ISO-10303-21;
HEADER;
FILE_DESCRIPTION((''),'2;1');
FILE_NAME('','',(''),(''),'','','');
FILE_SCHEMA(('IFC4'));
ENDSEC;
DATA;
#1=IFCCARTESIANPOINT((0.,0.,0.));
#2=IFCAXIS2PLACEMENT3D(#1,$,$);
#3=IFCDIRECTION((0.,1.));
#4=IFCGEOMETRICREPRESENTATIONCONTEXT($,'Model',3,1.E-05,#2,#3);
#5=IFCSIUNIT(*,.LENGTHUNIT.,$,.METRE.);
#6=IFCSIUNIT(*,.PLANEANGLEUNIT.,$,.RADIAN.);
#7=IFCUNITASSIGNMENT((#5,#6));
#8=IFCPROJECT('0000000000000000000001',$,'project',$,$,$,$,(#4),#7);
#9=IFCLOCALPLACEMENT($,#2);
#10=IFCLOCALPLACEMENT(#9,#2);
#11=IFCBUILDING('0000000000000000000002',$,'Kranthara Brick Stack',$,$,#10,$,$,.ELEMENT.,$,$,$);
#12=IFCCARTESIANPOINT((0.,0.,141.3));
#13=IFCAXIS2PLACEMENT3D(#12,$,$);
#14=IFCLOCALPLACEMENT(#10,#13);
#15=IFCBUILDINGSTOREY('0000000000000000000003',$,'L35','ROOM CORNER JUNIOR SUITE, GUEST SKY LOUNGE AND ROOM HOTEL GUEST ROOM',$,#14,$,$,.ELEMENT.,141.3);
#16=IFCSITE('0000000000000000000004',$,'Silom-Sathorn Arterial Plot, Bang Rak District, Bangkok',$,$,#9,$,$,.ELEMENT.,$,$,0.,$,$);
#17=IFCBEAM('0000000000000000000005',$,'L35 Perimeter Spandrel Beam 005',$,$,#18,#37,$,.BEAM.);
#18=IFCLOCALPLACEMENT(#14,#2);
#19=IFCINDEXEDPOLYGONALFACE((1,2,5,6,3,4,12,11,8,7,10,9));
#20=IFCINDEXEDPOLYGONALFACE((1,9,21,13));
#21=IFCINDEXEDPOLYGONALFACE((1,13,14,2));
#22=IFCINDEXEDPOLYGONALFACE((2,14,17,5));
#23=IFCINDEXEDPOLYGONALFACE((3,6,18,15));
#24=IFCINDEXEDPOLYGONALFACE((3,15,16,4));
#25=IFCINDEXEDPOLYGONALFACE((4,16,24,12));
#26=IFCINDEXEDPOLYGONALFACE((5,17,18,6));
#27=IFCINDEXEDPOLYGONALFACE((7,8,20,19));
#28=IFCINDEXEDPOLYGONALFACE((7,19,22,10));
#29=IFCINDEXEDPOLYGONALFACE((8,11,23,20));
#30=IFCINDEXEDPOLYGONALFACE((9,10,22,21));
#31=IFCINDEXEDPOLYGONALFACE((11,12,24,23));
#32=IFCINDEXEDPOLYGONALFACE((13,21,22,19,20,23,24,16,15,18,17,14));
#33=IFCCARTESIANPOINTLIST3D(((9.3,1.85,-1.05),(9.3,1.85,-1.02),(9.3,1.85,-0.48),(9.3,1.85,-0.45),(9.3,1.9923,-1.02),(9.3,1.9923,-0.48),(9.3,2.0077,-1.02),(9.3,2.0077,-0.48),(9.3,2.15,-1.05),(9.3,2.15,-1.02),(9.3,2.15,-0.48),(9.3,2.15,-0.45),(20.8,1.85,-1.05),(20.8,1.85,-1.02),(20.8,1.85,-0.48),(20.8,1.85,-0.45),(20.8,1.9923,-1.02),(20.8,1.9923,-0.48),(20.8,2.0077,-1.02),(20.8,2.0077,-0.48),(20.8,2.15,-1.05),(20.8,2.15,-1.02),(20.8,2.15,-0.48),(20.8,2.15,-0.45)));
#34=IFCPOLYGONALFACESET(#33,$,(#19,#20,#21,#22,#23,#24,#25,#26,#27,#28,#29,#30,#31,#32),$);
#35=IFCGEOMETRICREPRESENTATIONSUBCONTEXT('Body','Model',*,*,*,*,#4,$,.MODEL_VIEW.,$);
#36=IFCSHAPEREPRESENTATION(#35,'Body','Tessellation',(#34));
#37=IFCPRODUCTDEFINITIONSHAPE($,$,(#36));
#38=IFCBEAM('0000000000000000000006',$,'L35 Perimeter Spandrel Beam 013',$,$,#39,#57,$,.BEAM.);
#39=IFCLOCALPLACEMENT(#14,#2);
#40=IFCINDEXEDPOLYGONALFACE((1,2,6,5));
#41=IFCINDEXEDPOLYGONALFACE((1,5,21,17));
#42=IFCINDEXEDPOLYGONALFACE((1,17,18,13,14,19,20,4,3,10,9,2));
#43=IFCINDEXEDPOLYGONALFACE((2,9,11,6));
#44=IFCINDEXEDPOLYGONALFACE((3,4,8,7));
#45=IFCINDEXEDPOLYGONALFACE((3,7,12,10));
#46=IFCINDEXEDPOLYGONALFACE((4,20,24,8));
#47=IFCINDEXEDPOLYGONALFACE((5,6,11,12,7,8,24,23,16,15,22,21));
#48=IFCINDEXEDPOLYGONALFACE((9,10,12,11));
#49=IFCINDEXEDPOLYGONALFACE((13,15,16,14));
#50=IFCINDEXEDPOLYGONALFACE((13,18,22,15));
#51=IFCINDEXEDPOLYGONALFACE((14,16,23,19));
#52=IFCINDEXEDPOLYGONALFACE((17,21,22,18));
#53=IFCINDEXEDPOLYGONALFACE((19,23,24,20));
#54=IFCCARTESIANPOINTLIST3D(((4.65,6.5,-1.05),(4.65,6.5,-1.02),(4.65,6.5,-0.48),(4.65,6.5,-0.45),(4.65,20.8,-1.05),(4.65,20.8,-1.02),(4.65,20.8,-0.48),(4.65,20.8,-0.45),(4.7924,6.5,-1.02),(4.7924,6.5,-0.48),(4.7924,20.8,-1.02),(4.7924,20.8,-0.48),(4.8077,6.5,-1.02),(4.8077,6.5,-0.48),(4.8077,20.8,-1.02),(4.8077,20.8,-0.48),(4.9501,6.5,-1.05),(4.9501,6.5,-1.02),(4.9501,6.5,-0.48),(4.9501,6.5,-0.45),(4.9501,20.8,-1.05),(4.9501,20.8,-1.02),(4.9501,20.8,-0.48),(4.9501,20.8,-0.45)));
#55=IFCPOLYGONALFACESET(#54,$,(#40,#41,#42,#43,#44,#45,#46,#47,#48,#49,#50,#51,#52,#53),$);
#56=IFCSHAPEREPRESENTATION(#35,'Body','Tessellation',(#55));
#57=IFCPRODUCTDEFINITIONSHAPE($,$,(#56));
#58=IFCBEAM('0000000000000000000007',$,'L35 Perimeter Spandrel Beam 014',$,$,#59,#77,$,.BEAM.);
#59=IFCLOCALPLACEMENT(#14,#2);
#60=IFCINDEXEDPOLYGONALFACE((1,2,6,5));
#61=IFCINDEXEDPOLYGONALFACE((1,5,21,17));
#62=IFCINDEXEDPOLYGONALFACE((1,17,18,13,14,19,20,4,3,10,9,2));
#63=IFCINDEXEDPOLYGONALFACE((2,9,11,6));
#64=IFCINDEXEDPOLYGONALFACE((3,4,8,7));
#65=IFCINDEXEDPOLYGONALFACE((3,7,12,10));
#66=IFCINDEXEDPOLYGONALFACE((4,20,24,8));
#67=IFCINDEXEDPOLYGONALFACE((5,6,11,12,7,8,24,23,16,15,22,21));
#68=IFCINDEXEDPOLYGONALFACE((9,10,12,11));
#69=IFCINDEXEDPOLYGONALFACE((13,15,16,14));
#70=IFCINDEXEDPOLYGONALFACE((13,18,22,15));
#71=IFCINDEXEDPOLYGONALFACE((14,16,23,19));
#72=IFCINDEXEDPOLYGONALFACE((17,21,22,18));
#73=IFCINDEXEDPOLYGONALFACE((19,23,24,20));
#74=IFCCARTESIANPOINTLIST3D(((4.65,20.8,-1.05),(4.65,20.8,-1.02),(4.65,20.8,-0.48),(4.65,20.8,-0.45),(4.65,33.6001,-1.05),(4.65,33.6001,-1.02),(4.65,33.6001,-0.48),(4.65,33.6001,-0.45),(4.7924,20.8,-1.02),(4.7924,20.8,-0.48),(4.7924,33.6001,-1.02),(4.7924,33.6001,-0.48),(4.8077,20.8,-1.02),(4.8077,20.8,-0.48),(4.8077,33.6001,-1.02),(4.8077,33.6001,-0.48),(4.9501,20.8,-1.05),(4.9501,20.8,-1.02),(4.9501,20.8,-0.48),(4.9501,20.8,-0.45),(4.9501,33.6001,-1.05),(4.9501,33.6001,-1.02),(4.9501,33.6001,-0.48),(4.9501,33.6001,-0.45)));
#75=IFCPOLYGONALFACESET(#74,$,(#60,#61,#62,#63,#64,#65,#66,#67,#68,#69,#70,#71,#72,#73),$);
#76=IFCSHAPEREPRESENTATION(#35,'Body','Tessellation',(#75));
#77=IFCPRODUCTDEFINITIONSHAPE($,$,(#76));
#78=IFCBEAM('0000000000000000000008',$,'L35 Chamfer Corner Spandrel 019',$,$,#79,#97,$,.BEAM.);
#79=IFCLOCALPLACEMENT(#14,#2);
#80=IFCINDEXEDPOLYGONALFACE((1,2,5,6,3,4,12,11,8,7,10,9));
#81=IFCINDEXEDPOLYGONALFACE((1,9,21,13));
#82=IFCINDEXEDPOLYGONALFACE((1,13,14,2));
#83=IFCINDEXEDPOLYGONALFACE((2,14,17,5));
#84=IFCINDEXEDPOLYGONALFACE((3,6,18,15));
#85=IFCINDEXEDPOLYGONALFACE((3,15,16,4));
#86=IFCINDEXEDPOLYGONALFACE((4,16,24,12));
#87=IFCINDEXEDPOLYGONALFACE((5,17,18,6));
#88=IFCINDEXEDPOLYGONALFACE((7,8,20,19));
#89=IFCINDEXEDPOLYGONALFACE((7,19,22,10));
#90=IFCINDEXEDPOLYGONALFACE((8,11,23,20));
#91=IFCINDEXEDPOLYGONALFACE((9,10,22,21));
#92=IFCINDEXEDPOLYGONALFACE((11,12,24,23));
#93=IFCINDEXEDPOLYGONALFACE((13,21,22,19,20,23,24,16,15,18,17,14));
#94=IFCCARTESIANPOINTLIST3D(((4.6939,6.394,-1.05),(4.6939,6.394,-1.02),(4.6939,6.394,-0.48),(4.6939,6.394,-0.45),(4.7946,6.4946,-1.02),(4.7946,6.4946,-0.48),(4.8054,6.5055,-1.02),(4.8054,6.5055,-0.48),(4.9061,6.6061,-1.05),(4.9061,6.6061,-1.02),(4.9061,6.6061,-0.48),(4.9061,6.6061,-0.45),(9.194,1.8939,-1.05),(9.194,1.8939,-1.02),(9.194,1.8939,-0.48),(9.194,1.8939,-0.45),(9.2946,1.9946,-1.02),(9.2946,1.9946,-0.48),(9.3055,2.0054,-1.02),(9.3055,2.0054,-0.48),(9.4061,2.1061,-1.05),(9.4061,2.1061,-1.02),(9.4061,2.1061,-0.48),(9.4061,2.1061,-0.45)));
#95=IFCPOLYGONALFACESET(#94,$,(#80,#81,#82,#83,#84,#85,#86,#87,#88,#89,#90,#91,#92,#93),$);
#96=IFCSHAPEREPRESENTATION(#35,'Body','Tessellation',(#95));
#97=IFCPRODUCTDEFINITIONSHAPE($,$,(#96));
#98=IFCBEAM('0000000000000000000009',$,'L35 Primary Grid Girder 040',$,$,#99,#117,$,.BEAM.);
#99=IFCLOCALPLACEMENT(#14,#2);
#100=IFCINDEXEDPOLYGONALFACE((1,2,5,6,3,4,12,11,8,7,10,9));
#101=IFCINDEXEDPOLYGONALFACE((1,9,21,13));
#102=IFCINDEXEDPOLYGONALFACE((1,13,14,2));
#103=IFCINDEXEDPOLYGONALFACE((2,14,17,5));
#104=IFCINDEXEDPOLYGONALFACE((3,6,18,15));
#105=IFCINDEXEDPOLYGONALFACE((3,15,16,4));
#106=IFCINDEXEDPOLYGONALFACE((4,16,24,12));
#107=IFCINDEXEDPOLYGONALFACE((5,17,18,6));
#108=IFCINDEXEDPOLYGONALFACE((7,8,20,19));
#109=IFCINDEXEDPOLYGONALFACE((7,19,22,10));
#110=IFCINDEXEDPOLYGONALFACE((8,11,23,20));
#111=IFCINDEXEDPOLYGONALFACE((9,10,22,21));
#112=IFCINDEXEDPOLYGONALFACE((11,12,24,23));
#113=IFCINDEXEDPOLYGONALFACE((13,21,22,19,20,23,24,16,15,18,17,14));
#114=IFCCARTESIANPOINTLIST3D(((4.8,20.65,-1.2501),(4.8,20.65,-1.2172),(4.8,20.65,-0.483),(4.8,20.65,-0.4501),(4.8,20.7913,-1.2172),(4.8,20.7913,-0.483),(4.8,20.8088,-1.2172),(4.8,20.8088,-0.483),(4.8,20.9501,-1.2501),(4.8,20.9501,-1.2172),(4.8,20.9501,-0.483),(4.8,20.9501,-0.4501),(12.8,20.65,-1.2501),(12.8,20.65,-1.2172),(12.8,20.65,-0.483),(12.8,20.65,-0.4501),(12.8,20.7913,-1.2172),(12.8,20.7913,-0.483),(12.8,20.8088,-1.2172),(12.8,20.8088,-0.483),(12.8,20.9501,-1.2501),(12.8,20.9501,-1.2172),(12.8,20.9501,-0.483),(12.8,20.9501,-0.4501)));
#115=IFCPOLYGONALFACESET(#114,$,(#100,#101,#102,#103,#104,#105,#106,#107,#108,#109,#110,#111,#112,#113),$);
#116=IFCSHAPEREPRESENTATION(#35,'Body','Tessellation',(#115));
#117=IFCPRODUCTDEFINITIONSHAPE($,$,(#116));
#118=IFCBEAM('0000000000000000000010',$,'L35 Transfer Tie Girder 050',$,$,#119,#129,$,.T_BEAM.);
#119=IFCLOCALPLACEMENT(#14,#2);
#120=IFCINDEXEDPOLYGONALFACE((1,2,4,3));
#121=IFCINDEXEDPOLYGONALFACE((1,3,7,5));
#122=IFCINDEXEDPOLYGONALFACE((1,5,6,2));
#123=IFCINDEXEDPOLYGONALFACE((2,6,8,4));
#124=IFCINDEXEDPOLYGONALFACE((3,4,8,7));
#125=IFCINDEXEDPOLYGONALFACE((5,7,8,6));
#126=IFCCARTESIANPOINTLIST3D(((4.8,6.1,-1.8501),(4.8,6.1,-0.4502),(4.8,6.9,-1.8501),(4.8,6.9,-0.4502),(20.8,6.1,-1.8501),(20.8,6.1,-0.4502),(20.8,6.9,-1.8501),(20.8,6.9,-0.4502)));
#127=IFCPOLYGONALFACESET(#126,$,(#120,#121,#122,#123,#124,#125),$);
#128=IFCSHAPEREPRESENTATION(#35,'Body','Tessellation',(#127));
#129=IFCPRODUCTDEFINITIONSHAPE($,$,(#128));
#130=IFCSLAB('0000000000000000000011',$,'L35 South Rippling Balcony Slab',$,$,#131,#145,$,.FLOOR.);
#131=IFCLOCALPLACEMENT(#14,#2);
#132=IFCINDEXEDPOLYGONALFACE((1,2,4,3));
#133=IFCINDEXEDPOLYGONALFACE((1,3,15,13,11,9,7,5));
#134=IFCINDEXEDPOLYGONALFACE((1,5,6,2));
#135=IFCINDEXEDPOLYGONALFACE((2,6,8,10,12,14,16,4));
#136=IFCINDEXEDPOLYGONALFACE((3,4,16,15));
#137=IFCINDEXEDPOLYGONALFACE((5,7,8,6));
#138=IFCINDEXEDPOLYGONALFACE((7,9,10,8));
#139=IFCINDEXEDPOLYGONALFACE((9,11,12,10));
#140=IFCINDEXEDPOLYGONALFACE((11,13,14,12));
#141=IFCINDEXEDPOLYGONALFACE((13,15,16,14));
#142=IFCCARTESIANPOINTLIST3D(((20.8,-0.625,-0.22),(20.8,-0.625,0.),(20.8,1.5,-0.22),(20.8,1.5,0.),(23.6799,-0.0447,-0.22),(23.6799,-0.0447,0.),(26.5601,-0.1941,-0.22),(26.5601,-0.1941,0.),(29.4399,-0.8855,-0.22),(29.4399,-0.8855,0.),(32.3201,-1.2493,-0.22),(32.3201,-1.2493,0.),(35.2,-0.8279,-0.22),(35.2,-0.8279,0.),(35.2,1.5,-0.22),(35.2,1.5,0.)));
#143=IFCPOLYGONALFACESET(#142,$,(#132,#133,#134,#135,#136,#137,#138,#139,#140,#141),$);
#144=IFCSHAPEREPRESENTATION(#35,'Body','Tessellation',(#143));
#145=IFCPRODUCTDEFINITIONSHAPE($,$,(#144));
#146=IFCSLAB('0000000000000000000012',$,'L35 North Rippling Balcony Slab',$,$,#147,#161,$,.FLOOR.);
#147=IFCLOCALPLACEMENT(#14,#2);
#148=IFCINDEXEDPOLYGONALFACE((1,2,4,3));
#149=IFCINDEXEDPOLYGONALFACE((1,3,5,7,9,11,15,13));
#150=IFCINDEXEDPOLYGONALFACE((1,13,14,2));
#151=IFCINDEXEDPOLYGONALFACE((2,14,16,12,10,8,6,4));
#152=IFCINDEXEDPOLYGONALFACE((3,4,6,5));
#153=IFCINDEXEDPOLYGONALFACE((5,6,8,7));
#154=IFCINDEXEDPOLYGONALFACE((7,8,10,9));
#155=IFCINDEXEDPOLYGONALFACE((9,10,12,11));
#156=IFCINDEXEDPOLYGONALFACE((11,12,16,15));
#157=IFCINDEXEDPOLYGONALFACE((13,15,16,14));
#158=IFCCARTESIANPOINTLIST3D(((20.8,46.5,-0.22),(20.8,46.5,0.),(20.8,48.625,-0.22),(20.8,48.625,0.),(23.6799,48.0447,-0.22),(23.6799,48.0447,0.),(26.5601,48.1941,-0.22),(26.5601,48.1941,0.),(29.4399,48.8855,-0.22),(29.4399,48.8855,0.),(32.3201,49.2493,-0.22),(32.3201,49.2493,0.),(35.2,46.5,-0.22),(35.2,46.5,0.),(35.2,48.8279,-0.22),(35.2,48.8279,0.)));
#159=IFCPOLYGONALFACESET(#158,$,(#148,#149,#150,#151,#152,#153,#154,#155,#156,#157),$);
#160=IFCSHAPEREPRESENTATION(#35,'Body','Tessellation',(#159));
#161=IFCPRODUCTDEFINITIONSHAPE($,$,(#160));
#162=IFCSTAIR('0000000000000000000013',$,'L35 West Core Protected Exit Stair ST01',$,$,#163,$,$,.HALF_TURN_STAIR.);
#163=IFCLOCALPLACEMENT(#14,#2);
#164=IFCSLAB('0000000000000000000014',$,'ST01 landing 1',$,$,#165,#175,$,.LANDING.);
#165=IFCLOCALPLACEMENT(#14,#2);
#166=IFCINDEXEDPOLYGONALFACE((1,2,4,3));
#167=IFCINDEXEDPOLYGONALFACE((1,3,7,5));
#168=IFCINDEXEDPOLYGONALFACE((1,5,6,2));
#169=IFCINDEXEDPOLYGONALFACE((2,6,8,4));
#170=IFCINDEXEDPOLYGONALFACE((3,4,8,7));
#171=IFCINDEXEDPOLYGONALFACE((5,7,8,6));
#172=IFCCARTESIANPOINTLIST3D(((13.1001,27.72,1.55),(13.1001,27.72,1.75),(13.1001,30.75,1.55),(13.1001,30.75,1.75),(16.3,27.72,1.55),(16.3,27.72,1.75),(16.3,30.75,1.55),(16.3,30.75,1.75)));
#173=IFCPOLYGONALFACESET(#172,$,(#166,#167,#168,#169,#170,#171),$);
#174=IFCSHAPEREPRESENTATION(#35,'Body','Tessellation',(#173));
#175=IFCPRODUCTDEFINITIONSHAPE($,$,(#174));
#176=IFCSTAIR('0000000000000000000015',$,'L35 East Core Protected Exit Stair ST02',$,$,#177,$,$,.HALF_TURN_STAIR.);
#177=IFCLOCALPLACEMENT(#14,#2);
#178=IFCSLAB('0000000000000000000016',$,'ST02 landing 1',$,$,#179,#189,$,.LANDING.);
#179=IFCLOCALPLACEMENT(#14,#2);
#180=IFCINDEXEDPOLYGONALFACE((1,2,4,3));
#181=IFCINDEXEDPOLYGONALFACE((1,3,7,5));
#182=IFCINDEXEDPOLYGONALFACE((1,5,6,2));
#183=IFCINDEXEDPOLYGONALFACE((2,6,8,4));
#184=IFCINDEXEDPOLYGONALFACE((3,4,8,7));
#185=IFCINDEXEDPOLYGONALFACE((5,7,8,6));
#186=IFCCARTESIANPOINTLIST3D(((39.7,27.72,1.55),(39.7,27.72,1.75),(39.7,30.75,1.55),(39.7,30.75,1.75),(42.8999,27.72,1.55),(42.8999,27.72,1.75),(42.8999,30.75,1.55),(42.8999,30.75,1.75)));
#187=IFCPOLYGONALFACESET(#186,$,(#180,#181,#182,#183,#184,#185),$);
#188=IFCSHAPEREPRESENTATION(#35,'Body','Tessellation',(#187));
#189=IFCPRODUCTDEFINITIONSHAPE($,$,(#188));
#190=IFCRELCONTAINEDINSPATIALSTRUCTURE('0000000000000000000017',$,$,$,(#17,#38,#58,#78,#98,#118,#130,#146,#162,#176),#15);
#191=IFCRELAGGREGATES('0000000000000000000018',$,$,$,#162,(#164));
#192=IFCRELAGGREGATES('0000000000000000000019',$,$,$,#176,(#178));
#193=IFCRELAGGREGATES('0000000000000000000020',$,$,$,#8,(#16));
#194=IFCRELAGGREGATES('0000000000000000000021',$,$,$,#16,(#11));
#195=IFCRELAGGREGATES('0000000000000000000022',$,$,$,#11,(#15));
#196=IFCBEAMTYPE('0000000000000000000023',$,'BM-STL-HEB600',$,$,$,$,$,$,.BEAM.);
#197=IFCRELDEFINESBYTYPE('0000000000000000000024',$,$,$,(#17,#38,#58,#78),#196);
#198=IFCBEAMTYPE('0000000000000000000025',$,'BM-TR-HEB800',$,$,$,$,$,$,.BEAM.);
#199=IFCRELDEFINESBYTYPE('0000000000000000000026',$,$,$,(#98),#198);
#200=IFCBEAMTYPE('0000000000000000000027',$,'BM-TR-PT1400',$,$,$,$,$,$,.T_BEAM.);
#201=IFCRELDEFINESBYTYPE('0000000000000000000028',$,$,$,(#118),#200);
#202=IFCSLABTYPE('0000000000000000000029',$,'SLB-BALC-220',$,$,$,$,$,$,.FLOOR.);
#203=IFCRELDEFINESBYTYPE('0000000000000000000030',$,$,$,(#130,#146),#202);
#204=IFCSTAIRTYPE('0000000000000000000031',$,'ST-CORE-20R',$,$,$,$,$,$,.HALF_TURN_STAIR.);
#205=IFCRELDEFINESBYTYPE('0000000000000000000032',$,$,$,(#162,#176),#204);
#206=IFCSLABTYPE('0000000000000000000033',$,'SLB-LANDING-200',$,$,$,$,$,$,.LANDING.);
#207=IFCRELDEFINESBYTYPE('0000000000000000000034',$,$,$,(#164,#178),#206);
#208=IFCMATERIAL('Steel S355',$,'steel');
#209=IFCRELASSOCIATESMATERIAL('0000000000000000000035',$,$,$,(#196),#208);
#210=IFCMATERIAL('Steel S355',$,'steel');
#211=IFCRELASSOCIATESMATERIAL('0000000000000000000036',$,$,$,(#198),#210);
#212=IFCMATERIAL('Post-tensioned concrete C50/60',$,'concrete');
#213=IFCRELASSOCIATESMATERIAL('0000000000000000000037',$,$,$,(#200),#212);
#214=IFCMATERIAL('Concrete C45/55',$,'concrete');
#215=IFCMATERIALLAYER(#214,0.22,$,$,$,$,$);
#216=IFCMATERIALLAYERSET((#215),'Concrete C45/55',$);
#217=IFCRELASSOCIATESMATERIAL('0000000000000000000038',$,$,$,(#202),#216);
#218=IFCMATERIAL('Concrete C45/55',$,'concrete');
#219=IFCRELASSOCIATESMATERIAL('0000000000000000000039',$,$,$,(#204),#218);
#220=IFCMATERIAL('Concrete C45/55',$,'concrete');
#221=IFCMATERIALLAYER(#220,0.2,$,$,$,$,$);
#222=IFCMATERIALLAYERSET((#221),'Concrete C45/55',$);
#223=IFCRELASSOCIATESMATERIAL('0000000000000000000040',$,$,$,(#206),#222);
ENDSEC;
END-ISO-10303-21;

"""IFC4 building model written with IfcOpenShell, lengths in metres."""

from ifc_helpers import new_model, si_unit, direction, frame, origin, origin_2d, place, context, subcontext, project, spatial, polyline, rectangle, i_section, outline, extrude, material, layer, layer_set, material_profile, profile_set, type_object, element, aggregate, save


model = new_model("IFC4")

# Units and contexts
model_context = context("Model", 3, precision=1e-05, world=origin(), true_north=direction((0.0, 1.0)))
body_context = subcontext(model_context, "Body", "Model", "MODEL_VIEW")
ifc_project = project(units=[si_unit("LENGTHUNIT", "METRE"), si_unit("PLANEANGLEUNIT", "RADIAN")], contexts=[model_context])

# Site, building, storey
site_placement = place(None, origin())
site = spatial("IfcSite", under=ifc_project, at=site_placement, Name="Silom-Sathorn Arterial Plot, Bang Rak District, Bangkok", CompositionType="ELEMENT", RefElevation=0.0)
building_placement = place(site_placement, origin())
building = spatial("IfcBuilding", under=site, at=building_placement, Name="Kranthara Brick Stack", CompositionType="ELEMENT")
storey_placement = place(building_placement, frame((0.0, 0.0, 141.3)))
storey = spatial("IfcBuildingStorey", under=building, at=storey_placement, Name="L35", Description="ROOM CORNER JUNIOR SUITE, GUEST SKY LOUNGE AND ROOM HOTEL GUEST ROOM", CompositionType="ELEMENT", Elevation=141.3)

# Beams
ifc_material_1 = material(Name="Steel S355", Category="steel")
ifc_material_profile_1 = material_profile(ifc_material_1, i_section(OverallWidth=0.3, OverallDepth=0.6001, WebThickness=0.0154, FlangeThickness=0.03, at=origin_2d()), Name="HEB 600")
ifc_profile_set_1 = profile_set([ifc_material_profile_1], Name="Steel S355")
beam_type_1 = type_object("IfcBeamType", Name="BM-STL-HEB600", PredefinedType="BEAM", material=ifc_profile_set_1)
beam_1_placement = place(storey_placement, frame((9.3, 2.0, -0.75), z_axis=(1.0, 0.0, 0.0), x_axis=(0.0, 1.0, 0.0)))
element("IfcBeam", 1, at=beam_1_placement, inside=storey, type_object=beam_type_1, Name="L35 Perimeter Spandrel Beam 005", PredefinedType="BEAM", context=body_context, shape_type="SweptSolid", body=[
    extrude(i_section(OverallWidth=0.3, OverallDepth=0.6001, WebThickness=0.0154, FlangeThickness=0.03, at=origin_2d()), origin(), (0.0, 0.0, 1.0), 11.5),
])
beam_2_placement = place(storey_placement, frame((4.8, 6.5, -0.75), z_axis=(0.0, 1.0, 0.0), x_axis=(-1.0, 0.0, 0.0)))
element("IfcBeam", 2, at=beam_2_placement, inside=storey, type_object=beam_type_1, Name="L35 Perimeter Spandrel Beam 013", PredefinedType="BEAM", context=body_context, shape_type="SweptSolid", body=[
    extrude(i_section(OverallWidth=0.3, OverallDepth=0.6001, WebThickness=0.0154, FlangeThickness=0.03, at=origin_2d()), origin(), (0.0, 0.0, 1.0), 14.3),
])
beam_3_placement = place(storey_placement, frame((4.8, 20.8, -0.75), z_axis=(0.0, 1.0, 0.0), x_axis=(-1.0, 0.0, 0.0)))
element("IfcBeam", 3, at=beam_3_placement, inside=storey, type_object=beam_type_1, Name="L35 Perimeter Spandrel Beam 014", PredefinedType="BEAM", context=body_context, shape_type="SweptSolid", body=[
    extrude(i_section(OverallWidth=0.3, OverallDepth=0.6001, WebThickness=0.0154, FlangeThickness=0.03, at=origin_2d()), origin(), (0.0, 0.0, 1.0), 12.8),
])
beam_4_placement = place(storey_placement, frame((9.3, 2.0, -0.75), z_axis=(-0.707107, 0.707107, 0.0), x_axis=(-0.707107, -0.707107, 0.0)))
element("IfcBeam", 4, at=beam_4_placement, inside=storey, type_object=beam_type_1, Name="L35 Chamfer Corner Spandrel 019", PredefinedType="BEAM", context=body_context, shape_type="SweptSolid", body=[
    extrude(i_section(OverallWidth=0.3, OverallDepth=0.6001, WebThickness=0.0154, FlangeThickness=0.03, at=origin_2d()), origin(), (0.0, 0.0, 1.0), 6.364),
])
ifc_material_2 = material(Name="Steel S355", Category="steel")
ifc_material_profile_2 = material_profile(ifc_material_2, i_section(OverallWidth=0.3, OverallDepth=0.8, WebThickness=0.0176, FlangeThickness=0.033, at=origin_2d()), Name="HEB 800")
ifc_profile_set_2 = profile_set([ifc_material_profile_2], Name="Steel S355")
beam_type_2 = type_object("IfcBeamType", Name="BM-TR-HEB800", PredefinedType="BEAM", material=ifc_profile_set_2)
beam_5_placement = place(storey_placement, frame((4.8, 20.8, -0.8501), z_axis=(1.0, 0.0, 0.0), x_axis=(0.0, 1.0, 0.0)))
element("IfcBeam", 5, at=beam_5_placement, inside=storey, type_object=beam_type_2, Name="L35 Primary Grid Girder 040", PredefinedType="BEAM", context=body_context, shape_type="SweptSolid", body=[
    extrude(i_section(OverallWidth=0.3, OverallDepth=0.8, WebThickness=0.0176, FlangeThickness=0.033, at=origin_2d()), origin(), (0.0, 0.0, 1.0), 8.0),
])
ifc_material_3 = material(Name="Post-tensioned concrete C50/60", Category="concrete")
ifc_material_profile_3 = material_profile(ifc_material_3, rectangle(XDim=0.8, YDim=1.3999, at=origin_2d()), Name="PT 800x1400")
ifc_profile_set_3 = profile_set([ifc_material_profile_3], Name="Post-tensioned concrete C50/60")
beam_type_3 = type_object("IfcBeamType", Name="BM-TR-PT1400", PredefinedType="T_BEAM", material=ifc_profile_set_3)
beam_6_placement = place(storey_placement, frame((4.8, 6.5, -1.1501), z_axis=(1.0, 0.0, 0.0), x_axis=(0.0, 1.0, 0.0)))
element("IfcBeam", 6, at=beam_6_placement, inside=storey, type_object=beam_type_3, Name="L35 Transfer Tie Girder 050", PredefinedType="T_BEAM", context=body_context, shape_type="SweptSolid", body=[
    extrude(rectangle(XDim=0.8, YDim=1.3999, at=origin_2d()), origin(), (0.0, 0.0, 1.0), 16.0),
])

# Slabs
ifc_material_4 = material(Name="Concrete C45/55", Category="concrete")
ifc_layer_1 = layer(ifc_material_4, 0.22)
ifc_layer_set_1 = layer_set([ifc_layer_1], Name="Concrete C45/55")
slab_type_1 = type_object("IfcSlabType", Name="SLB-BALC-220", PredefinedType="FLOOR", material=ifc_layer_set_1)
slab_1_placement = place(storey_placement, frame((0.0, 0.0, -0.22)))
element("IfcSlab", 7, at=slab_1_placement, inside=storey, type_object=slab_type_1, Name="L35 South Rippling Balcony Slab", PredefinedType="FLOOR", context=body_context, shape_type="SweptSolid", body=[
    extrude(outline(polyline([(20.8, 1.5), (35.2, 1.5), (35.2, -0.8279), (32.3201, -1.2493), (29.4399, -0.8855), (26.5601, -0.1941), (23.6799, -0.0447), (20.8, -0.625), (20.8, 1.5)])), origin(), (0.0, 0.0, 1.0), 0.22),
])
slab_2_placement = place(storey_placement, frame((0.0, 0.0, -0.22)))
element("IfcSlab", 8, at=slab_2_placement, inside=storey, type_object=slab_type_1, Name="L35 North Rippling Balcony Slab", PredefinedType="FLOOR", context=body_context, shape_type="SweptSolid", body=[
    extrude(outline(polyline([(35.2, 46.5), (20.8, 46.5), (20.8, 48.625), (23.6799, 48.0447), (26.5601, 48.1941), (29.4399, 48.8855), (32.3201, 49.2493), (35.2, 48.8279), (35.2, 46.5)])), origin(), (0.0, 0.0, 1.0), 0.22),
])

# Stairs, slabs
ifc_material_5 = material(Name="Concrete C45/55", Category="concrete")
stair_type = type_object("IfcStairType", Name="ST-CORE-20R", PredefinedType="HALF_TURN_STAIR", material=ifc_material_5)
stair_1_placement = place(storey_placement, origin())
stair_1 = element("IfcStair", 9, at=stair_1_placement, inside=storey, type_object=stair_type, Name="L35 West Core Protected Exit Stair ST01", PredefinedType="HALF_TURN_STAIR")
ifc_material_6 = material(Name="Concrete C45/55", Category="concrete")
ifc_layer_2 = layer(ifc_material_6, 0.2)
ifc_layer_set_2 = layer_set([ifc_layer_2], Name="Concrete C45/55")
slab_type_2 = type_object("IfcSlabType", Name="SLB-LANDING-200", PredefinedType="LANDING", material=ifc_layer_set_2)
slab_3_placement = place(storey_placement, frame((0.0, 0.0, 1.55)))
slab_3 = element("IfcSlab", 10, at=slab_3_placement, type_object=slab_type_2, Name="ST01 landing 1", PredefinedType="LANDING", context=body_context, shape_type="SweptSolid", body=[
    extrude(outline(polyline([(16.3, 27.72), (16.3, 30.75), (13.1001, 30.75), (13.1001, 27.72), (16.3, 27.72)])), origin(), (0.0, 0.0, 1.0), 0.2),
])
aggregate(stair_1, [slab_3])
stair_2_placement = place(storey_placement, origin())
stair_2 = element("IfcStair", 11, at=stair_2_placement, inside=storey, type_object=stair_type, Name="L35 East Core Protected Exit Stair ST02", PredefinedType="HALF_TURN_STAIR")
slab_4_placement = place(storey_placement, frame((0.0, 0.0, 1.55)))
slab_4 = element("IfcSlab", 12, at=slab_4_placement, type_object=slab_type_2, Name="ST02 landing 1", PredefinedType="LANDING", context=body_context, shape_type="SweptSolid", body=[
    extrude(outline(polyline([(42.8999, 27.72), (42.8999, 30.75), (39.7, 30.75), (39.7, 27.72), (42.8999, 27.72)])), origin(), (0.0, 0.0, 1.0), 0.2),
])
aggregate(stair_2, [slab_4])

save(model, "model.ifc")
